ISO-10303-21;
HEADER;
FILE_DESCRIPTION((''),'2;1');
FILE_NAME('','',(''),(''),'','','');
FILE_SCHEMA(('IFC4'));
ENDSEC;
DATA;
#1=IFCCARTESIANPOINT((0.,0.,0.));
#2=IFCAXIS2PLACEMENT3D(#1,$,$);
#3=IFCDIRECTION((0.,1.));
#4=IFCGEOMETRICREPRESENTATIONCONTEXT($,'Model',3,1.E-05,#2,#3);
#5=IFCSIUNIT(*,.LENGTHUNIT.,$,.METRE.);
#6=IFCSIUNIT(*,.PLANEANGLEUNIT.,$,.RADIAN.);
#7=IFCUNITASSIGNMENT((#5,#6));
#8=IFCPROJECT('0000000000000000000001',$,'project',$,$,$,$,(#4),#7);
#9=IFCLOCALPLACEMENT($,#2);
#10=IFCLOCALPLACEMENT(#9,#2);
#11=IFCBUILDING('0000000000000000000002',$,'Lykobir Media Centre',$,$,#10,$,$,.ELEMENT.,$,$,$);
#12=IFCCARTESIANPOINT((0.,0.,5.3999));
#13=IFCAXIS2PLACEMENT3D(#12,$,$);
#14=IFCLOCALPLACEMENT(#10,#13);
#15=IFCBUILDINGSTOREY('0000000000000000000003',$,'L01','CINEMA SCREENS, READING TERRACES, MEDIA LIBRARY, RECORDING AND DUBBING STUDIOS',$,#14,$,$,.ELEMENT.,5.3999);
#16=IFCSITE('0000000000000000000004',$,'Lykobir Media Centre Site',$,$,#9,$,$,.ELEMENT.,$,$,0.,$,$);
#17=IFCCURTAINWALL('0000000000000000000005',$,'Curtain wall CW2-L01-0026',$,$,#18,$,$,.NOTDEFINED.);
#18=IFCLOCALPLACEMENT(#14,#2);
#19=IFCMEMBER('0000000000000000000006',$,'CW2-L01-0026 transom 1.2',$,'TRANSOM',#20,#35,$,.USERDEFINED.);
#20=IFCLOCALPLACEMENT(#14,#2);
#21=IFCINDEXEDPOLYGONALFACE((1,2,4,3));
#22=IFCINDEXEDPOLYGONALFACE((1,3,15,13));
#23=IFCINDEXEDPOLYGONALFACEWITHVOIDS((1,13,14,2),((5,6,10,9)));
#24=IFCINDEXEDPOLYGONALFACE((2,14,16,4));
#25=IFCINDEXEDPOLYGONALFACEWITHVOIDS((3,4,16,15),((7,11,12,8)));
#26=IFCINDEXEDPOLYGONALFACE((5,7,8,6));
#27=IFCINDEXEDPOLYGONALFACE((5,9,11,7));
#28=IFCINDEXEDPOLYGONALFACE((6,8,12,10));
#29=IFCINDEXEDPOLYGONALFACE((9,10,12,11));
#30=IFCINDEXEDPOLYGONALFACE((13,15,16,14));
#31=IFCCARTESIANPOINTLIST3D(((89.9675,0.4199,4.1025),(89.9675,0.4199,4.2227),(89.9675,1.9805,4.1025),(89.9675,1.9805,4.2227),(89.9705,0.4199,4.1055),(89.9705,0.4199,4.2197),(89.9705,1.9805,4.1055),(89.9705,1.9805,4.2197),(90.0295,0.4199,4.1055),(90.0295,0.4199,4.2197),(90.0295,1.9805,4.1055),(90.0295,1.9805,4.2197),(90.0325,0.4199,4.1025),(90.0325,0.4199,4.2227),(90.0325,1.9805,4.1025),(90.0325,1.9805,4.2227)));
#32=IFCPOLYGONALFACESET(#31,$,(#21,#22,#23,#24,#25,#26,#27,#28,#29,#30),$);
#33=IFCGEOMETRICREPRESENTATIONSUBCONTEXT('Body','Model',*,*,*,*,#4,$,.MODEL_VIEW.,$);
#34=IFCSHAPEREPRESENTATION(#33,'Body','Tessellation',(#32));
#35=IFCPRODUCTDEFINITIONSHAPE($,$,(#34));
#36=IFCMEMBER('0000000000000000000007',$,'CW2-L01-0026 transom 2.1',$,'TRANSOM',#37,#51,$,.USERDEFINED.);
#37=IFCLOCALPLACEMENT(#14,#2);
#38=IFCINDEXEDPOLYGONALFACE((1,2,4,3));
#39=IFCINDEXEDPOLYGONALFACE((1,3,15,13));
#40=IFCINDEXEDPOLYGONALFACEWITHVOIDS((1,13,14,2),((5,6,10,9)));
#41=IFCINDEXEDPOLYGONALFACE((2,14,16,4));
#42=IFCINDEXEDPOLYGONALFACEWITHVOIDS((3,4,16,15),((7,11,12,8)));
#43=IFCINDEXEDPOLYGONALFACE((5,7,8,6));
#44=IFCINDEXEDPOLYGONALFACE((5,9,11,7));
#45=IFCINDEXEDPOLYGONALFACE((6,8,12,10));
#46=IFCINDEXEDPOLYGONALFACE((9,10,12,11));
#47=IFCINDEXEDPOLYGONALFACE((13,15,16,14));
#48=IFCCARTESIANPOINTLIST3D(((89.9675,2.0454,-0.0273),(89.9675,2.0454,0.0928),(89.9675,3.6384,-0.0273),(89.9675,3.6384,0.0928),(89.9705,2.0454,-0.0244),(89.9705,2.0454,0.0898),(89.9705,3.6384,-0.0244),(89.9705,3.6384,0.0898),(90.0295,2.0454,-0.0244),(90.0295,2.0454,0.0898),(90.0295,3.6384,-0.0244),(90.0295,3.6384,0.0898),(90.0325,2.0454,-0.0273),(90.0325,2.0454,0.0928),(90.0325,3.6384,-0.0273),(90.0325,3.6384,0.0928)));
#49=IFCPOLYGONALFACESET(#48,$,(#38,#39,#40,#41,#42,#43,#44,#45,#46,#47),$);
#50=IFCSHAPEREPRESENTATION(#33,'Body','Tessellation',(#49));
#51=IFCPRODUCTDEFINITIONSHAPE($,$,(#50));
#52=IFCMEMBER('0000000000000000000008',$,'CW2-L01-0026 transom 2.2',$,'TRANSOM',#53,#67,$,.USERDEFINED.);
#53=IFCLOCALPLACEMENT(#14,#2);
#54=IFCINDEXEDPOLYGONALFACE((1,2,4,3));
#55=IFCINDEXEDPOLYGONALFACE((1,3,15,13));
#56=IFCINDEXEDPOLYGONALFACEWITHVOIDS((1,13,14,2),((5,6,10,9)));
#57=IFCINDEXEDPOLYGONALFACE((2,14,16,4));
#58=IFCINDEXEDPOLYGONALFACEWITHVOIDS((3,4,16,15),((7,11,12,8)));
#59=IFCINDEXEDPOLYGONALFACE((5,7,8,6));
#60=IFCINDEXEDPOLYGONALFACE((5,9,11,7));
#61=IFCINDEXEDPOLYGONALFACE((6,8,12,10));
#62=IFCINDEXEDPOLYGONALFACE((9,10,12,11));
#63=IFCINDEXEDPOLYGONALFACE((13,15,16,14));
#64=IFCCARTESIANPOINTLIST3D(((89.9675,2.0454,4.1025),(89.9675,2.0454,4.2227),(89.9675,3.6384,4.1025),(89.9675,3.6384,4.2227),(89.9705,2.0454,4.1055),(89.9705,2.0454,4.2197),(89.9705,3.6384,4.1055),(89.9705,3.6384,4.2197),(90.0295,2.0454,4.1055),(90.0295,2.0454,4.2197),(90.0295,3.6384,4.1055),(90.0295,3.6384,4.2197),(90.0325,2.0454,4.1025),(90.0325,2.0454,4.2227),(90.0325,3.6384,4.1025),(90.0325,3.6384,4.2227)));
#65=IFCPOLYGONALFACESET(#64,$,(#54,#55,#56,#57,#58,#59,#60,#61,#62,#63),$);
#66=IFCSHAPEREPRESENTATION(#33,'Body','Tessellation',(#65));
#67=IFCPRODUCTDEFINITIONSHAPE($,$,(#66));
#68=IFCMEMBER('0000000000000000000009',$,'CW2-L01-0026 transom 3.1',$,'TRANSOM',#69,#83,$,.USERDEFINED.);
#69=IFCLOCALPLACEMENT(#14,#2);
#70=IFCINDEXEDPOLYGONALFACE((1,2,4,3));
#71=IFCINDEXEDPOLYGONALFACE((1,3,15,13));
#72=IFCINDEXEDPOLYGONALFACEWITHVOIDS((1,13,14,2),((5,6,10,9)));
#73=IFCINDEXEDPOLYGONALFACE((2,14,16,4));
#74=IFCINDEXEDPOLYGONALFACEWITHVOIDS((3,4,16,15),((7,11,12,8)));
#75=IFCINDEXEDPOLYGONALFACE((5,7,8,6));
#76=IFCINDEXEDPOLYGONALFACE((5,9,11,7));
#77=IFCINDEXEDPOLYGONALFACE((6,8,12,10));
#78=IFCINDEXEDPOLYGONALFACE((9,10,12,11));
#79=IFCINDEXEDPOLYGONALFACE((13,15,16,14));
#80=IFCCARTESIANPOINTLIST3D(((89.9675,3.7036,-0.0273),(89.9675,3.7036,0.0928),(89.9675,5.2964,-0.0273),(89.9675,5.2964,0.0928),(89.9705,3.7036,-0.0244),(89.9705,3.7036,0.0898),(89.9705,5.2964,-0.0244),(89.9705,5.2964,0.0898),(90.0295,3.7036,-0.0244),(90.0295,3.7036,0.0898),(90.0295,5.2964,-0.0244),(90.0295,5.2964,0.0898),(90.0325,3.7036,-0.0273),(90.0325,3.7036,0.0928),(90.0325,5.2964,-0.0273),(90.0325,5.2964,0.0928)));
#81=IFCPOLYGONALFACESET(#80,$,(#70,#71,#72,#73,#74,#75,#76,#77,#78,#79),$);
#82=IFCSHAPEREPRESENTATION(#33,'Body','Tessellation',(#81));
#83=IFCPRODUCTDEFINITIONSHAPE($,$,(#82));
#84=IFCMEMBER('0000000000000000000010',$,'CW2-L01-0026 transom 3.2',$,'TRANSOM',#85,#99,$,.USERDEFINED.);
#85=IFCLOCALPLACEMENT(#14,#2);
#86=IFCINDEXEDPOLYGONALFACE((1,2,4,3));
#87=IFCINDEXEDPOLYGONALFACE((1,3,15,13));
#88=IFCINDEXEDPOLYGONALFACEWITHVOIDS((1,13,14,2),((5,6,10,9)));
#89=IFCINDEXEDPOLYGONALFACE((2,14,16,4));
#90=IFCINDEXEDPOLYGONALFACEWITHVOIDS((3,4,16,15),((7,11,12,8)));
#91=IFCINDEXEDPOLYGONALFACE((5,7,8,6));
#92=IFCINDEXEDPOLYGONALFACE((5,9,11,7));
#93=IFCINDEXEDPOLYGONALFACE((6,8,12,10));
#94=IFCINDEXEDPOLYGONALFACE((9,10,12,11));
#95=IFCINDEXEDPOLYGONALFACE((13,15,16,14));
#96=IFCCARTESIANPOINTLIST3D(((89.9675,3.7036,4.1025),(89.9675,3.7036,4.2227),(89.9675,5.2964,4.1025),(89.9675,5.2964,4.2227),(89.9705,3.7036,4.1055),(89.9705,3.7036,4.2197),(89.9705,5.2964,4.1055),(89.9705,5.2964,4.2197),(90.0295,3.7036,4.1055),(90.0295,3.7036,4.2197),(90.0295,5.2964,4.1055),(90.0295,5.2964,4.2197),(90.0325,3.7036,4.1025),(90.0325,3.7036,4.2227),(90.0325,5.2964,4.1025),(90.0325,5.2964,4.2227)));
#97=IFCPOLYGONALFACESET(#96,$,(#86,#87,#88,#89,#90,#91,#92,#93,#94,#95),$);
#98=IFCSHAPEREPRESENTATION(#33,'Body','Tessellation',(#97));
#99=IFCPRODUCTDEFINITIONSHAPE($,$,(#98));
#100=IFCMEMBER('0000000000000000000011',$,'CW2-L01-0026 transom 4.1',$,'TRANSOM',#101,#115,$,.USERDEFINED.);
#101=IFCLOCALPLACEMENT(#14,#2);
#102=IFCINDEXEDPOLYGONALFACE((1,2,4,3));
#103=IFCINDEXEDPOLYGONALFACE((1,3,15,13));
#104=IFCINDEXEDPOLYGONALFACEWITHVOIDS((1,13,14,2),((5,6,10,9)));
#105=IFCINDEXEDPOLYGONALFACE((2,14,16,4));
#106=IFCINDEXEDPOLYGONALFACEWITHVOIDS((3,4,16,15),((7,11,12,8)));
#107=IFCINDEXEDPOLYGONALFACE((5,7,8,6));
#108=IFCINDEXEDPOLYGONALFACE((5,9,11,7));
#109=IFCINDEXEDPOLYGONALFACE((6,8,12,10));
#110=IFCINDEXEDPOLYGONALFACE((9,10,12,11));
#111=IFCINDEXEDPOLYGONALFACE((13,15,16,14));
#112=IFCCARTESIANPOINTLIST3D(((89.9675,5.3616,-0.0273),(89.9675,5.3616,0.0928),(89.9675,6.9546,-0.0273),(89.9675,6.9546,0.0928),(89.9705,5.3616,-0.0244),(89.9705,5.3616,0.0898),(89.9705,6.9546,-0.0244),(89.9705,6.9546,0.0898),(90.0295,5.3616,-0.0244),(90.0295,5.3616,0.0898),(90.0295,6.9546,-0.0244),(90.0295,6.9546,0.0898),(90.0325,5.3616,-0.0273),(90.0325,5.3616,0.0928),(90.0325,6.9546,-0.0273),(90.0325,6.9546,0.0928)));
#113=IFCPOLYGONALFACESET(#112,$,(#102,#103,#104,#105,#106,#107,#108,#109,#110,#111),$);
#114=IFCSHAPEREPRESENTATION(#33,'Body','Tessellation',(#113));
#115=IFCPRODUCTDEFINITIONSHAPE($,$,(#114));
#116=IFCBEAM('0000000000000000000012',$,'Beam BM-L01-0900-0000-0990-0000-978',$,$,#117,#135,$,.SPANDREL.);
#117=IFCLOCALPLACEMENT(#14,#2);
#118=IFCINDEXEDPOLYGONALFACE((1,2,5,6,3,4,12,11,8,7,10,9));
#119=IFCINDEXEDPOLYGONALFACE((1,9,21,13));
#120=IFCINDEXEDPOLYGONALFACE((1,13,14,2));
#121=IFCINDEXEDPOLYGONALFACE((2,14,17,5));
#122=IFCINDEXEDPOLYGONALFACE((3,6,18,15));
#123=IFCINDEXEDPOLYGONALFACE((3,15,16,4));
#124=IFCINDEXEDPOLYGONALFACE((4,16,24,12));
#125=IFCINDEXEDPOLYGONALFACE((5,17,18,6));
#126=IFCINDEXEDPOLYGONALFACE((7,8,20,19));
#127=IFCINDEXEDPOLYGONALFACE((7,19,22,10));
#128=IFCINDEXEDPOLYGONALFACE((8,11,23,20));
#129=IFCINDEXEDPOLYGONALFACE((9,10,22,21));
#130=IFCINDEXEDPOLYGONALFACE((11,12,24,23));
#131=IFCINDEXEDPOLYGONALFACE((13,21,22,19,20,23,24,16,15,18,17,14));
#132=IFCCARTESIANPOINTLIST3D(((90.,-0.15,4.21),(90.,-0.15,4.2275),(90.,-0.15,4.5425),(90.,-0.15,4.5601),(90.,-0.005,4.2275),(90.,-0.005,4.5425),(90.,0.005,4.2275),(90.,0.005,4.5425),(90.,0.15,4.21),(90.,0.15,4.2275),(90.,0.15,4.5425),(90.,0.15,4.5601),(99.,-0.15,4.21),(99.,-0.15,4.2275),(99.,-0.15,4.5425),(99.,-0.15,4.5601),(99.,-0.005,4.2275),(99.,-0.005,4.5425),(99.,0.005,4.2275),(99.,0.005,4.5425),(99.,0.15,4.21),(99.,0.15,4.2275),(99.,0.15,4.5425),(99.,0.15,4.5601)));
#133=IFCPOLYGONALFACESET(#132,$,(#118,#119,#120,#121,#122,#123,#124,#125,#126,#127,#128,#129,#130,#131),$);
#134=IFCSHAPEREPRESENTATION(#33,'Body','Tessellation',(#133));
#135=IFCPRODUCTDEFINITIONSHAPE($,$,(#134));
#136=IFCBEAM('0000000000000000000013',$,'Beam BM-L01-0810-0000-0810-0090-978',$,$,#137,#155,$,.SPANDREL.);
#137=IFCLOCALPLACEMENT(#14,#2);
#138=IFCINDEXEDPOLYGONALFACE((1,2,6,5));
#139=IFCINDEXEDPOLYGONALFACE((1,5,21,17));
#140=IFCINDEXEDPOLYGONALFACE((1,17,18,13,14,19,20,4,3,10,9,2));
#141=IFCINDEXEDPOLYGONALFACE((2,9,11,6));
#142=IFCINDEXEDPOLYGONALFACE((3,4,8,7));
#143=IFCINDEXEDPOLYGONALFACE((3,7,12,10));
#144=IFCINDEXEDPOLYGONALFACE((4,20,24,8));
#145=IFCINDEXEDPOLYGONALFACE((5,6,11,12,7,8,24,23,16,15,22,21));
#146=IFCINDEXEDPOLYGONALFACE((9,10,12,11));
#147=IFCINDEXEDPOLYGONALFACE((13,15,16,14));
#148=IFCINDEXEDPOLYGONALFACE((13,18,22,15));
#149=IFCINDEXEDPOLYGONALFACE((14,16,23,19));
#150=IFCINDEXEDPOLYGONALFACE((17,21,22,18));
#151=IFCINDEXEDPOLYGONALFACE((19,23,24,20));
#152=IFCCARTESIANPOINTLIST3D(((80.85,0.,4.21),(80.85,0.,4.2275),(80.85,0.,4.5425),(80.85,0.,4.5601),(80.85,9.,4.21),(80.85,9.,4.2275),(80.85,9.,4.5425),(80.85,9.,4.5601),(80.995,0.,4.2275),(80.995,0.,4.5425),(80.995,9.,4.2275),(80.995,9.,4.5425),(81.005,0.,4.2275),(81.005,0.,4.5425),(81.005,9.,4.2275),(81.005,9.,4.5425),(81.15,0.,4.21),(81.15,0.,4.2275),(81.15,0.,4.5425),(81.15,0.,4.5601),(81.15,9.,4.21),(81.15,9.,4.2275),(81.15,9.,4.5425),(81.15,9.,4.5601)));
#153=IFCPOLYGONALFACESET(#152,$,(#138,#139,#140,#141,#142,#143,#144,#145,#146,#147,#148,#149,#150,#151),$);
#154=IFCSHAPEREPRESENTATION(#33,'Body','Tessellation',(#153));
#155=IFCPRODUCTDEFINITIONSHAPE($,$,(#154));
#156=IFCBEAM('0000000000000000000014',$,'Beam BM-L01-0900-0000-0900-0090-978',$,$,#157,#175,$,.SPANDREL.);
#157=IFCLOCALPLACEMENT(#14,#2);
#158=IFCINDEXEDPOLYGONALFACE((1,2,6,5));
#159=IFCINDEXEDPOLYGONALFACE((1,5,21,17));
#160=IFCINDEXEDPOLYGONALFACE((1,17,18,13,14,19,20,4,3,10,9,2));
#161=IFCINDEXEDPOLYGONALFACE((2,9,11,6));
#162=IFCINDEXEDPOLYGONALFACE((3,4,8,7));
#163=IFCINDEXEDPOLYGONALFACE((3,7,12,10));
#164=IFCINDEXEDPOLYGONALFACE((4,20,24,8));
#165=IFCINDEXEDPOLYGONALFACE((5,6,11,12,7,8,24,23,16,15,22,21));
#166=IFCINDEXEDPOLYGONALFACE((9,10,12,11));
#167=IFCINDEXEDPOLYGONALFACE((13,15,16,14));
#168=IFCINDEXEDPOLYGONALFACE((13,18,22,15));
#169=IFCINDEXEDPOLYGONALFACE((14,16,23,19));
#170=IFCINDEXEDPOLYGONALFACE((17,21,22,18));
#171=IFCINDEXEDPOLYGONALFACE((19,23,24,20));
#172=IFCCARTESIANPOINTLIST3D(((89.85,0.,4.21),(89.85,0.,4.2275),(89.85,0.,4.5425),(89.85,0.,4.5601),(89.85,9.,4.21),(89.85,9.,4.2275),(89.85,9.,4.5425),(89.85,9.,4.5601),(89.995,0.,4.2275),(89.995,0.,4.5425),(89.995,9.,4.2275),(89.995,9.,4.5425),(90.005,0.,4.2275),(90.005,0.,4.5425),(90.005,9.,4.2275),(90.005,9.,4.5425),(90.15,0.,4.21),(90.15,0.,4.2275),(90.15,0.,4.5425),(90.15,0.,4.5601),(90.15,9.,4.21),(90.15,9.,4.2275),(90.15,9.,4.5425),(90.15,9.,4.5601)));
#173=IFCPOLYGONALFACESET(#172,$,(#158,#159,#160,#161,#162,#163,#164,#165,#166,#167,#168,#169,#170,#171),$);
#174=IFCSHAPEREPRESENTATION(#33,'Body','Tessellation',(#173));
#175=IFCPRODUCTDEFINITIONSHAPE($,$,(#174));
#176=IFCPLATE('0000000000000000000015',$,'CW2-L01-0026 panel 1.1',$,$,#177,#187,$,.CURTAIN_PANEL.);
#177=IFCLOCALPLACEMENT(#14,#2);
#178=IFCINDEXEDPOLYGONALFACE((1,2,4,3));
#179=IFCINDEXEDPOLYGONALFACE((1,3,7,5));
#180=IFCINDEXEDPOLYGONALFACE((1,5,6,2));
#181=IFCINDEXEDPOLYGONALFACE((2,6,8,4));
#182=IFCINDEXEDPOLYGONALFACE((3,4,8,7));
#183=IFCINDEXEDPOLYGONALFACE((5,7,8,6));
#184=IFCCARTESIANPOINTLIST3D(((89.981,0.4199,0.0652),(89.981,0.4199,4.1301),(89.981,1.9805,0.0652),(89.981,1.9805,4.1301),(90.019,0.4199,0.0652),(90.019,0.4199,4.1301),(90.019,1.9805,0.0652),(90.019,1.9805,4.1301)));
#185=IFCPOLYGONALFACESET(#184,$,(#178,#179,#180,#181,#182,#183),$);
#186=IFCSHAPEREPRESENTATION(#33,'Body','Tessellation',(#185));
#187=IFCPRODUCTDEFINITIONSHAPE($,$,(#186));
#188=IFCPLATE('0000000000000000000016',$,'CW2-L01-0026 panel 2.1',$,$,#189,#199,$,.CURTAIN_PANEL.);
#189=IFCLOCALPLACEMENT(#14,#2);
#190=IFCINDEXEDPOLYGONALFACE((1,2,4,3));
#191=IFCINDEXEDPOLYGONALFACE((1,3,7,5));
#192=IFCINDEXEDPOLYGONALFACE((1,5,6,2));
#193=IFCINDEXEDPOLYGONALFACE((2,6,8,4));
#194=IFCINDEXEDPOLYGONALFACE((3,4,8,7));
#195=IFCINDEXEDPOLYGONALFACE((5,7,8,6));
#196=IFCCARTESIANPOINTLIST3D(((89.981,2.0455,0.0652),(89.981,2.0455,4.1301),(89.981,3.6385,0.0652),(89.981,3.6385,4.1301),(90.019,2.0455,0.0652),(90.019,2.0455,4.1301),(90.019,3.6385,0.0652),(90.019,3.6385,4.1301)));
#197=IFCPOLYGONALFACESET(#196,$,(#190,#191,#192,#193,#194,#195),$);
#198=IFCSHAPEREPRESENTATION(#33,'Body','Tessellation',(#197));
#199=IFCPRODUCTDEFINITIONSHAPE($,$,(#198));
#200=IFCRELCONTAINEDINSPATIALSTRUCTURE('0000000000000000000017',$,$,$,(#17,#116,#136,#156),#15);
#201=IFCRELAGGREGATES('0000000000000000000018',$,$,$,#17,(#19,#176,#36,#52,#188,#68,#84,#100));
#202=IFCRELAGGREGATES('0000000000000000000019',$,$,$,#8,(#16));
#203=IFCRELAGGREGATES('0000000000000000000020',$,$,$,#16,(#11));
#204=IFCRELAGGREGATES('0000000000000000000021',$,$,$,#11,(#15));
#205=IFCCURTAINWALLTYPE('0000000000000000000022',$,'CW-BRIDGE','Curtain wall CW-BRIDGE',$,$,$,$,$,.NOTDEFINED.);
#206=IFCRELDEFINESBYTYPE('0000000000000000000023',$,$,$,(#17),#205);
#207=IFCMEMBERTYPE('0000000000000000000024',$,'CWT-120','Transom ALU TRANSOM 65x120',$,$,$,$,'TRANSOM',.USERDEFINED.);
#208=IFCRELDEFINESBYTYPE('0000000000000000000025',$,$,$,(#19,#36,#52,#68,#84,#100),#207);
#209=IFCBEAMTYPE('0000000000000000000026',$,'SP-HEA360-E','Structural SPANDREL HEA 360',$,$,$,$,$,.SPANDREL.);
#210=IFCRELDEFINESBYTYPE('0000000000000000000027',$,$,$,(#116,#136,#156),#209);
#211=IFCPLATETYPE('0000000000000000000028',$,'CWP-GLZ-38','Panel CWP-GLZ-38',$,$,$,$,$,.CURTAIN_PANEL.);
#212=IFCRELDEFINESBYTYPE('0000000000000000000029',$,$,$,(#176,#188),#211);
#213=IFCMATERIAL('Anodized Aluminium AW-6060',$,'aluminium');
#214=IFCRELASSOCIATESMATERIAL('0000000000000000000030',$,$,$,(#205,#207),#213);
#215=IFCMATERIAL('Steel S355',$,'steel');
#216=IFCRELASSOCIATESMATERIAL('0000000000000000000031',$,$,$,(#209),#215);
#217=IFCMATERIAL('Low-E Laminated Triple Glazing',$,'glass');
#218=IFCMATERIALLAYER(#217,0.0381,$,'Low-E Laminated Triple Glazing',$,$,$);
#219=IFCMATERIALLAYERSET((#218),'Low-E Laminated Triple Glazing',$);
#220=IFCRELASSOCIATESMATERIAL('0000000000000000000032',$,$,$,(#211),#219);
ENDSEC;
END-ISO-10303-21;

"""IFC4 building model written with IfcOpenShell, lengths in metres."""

from ifc_helpers import new_model, si_unit, direction, frame, origin, origin_2d, place, context, subcontext, project, spatial, rectangle, hollow_rectangle, i_section, extrude, material, layer, layer_set, material_profile, profile_set, type_object, element, aggregate, save


model = new_model("IFC4")

# Units and contexts
model_context = context("Model", 3, precision=1e-05, world=origin(), true_north=direction((0.0, 1.0)))
body_context = subcontext(model_context, "Body", "Model", "MODEL_VIEW")
ifc_project = project(units=[si_unit("LENGTHUNIT", "METRE"), si_unit("PLANEANGLEUNIT", "RADIAN")], contexts=[model_context])

# Site, building, storey
site_placement = place(None, origin())
site = spatial("IfcSite", under=ifc_project, at=site_placement, Name="Lykobir Media Centre Site", CompositionType="ELEMENT", RefElevation=0.0)
building_placement = place(site_placement, origin())
building = spatial("IfcBuilding", under=site, at=building_placement, Name="Lykobir Media Centre", CompositionType="ELEMENT")
storey_placement = place(building_placement, frame((0.0, 0.0, 5.3999)))
storey = spatial("IfcBuildingStorey", under=building, at=storey_placement, Name="L01", Description="CINEMA SCREENS, READING TERRACES, MEDIA LIBRARY, RECORDING AND DUBBING STUDIOS", CompositionType="ELEMENT", Elevation=5.3999)

# Shared definitions
ifc_material_1 = material(Name="Steel S355", Category="steel")

# Curtain wall, members
ifc_material_2 = material(Name="Anodized Aluminium AW-6060", Category="aluminium")
curtain_wall_type = type_object("IfcCurtainWallType", Name="CW-BRIDGE", Description="Curtain wall CW-BRIDGE", PredefinedType="NOTDEFINED", material=ifc_material_2)
curtain_wall_placement = place(storey_placement, origin())
curtain_wall = element("IfcCurtainWall", 1, at=curtain_wall_placement, inside=storey, type_object=curtain_wall_type, Name="Curtain wall CW2-L01-0026", PredefinedType="NOTDEFINED")
ifc_material_profile_1 = material_profile(ifc_material_2, hollow_rectangle(XDim=0.0649, YDim=0.1201, WallThickness=0.0029, at=origin_2d()), Name="ALU TRANSOM 65x120")
ifc_profile_set_1 = profile_set([ifc_material_profile_1], Name="Anodized Aluminium AW-6060")
member_type_1 = type_object("IfcMemberType", Name="CWT-120", Description="Transom ALU TRANSOM 65x120", ElementType="TRANSOM", PredefinedType="USERDEFINED", material=ifc_profile_set_1)
member_1_placement = place(storey_placement, frame((90.0, 0.4199, 4.1626), z_axis=(0.0, 1.0, 0.0), x_axis=(-1.0, 0.0, 0.0)))
member_1 = element("IfcMember", 2, at=member_1_placement, type_object=member_type_1, Name="CW2-L01-0026 transom 1.2", ObjectType="TRANSOM", PredefinedType="USERDEFINED", context=body_context, shape_type="SweptSolid", body=[
    extrude(hollow_rectangle(XDim=0.0649, YDim=0.1201, WallThickness=0.0029, at=origin_2d()), origin(), (0.0, 0.0, 1.0), 1.5605),
])
member_2_placement = place(storey_placement, frame((90.0, 2.0454, 0.0327), z_axis=(0.0, 1.0, 0.0), x_axis=(-1.0, 0.0, 0.0)))
member_2 = element("IfcMember", 3, at=member_2_placement, type_object=member_type_1, Name="CW2-L01-0026 transom 2.1", ObjectType="TRANSOM", PredefinedType="USERDEFINED", context=body_context, shape_type="SweptSolid", body=[
    extrude(hollow_rectangle(XDim=0.0649, YDim=0.1201, WallThickness=0.0029, at=origin_2d()), origin(), (0.0, 0.0, 1.0), 1.593),
])
member_3_placement = place(storey_placement, frame((90.0, 2.0454, 4.1626), z_axis=(0.0, 1.0, 0.0), x_axis=(-1.0, 0.0, 0.0)))
member_3 = element("IfcMember", 4, at=member_3_placement, type_object=member_type_1, Name="CW2-L01-0026 transom 2.2", ObjectType="TRANSOM", PredefinedType="USERDEFINED", context=body_context, shape_type="SweptSolid", body=[
    extrude(hollow_rectangle(XDim=0.0649, YDim=0.1201, WallThickness=0.0029, at=origin_2d()), origin(), (0.0, 0.0, 1.0), 1.593),
])
member_4_placement = place(storey_placement, frame((90.0, 3.7036, 0.0327), z_axis=(0.0, 1.0, 0.0), x_axis=(-1.0, 0.0, 0.0)))
member_4 = element("IfcMember", 5, at=member_4_placement, type_object=member_type_1, Name="CW2-L01-0026 transom 3.1", ObjectType="TRANSOM", PredefinedType="USERDEFINED", context=body_context, shape_type="SweptSolid", body=[
    extrude(hollow_rectangle(XDim=0.0649, YDim=0.1201, WallThickness=0.0029, at=origin_2d()), origin(), (0.0, 0.0, 1.0), 1.5928),
])
member_5_placement = place(storey_placement, frame((90.0, 3.7036, 4.1626), z_axis=(0.0, 1.0, 0.0), x_axis=(-1.0, 0.0, 0.0)))
member_5 = element("IfcMember", 6, at=member_5_placement, type_object=member_type_1, Name="CW2-L01-0026 transom 3.2", ObjectType="TRANSOM", PredefinedType="USERDEFINED", context=body_context, shape_type="SweptSolid", body=[
    extrude(hollow_rectangle(XDim=0.0649, YDim=0.1201, WallThickness=0.0029, at=origin_2d()), origin(), (0.0, 0.0, 1.0), 1.5928),
])
member_6_placement = place(storey_placement, frame((90.0, 5.3616, 0.0327), z_axis=(0.0, 1.0, 0.0), x_axis=(-1.0, 0.0, 0.0)))
member_6 = element("IfcMember", 7, at=member_6_placement, type_object=member_type_1, Name="CW2-L01-0026 transom 4.1", ObjectType="TRANSOM", PredefinedType="USERDEFINED", context=body_context, shape_type="SweptSolid", body=[
    extrude(hollow_rectangle(XDim=0.0649, YDim=0.1201, WallThickness=0.0029, at=origin_2d()), origin(), (0.0, 0.0, 1.0), 1.593),
])

# Beams
ifc_material_profile_2 = material_profile(ifc_material_1, i_section(OverallWidth=0.3, OverallDepth=0.3501, WebThickness=0.01, FlangeThickness=0.0176, at=origin_2d()), Name="HEA 360")
ifc_profile_set_2 = profile_set([ifc_material_profile_2], Name="Steel S355")
beam_type_1 = type_object("IfcBeamType", Name="SP-HEA360-E", Description="Structural SPANDREL HEA 360", PredefinedType="SPANDREL", material=ifc_profile_set_2)
for number, where, z_axis, x_axis, name in (
    (8, (90.0, 0.0, 4.385), (1.0, 0.0, 0.0), (0.0, 1.0, 0.0), "Beam BM-L01-0900-0000-0990-0000-978"),
    (9, (81.0, 0.0, 4.385), (0.0, 1.0, 0.0), (-1.0, 0.0, 0.0), "Beam BM-L01-0810-0000-0810-0090-978"),
    (10, (90.0, 0.0, 4.385), (0.0, 1.0, 0.0), (-1.0, 0.0, 0.0), "Beam BM-L01-0900-0000-0900-0090-978"),
):
    element("IfcBeam", number, at=place(storey_placement, frame(where, z_axis=z_axis, x_axis=x_axis)), inside=storey, type_object=beam_type_1, Name=name, PredefinedType="SPANDREL", context=body_context, shape_type="SweptSolid", body=[
        extrude(i_section(OverallWidth=0.3, OverallDepth=0.3501, WebThickness=0.01, FlangeThickness=0.0176, at=origin_2d()), origin(), (0.0, 0.0, 1.0), 9.0),
    ])

# Plates
ifc_material_3 = material(Name="Low-E Laminated Triple Glazing", Category="glass")
ifc_layer_1 = layer(ifc_material_3, 0.0381, Name="Low-E Laminated Triple Glazing")
ifc_layer_set_1 = layer_set([ifc_layer_1], Name="Low-E Laminated Triple Glazing")
plate_type = type_object("IfcPlateType", Name="CWP-GLZ-38", Description="Panel CWP-GLZ-38", PredefinedType="CURTAIN_PANEL", material=ifc_layer_set_1)
plate_1_placement = place(storey_placement, frame((90.0, 1.2002, 0.0652), z_axis=(0.0, 0.0, 1.0), x_axis=(0.0, 1.0, 0.0)))
plate_1 = element("IfcPlate", 11, at=plate_1_placement, type_object=plate_type, Name="CW2-L01-0026 panel 1.1", PredefinedType="CURTAIN_PANEL", context=body_context, shape_type="SweptSolid", body=[
    extrude(rectangle(XDim=1.5605, YDim=0.0381, at=origin_2d()), origin(), (0.0, 0.0, 1.0), 4.0649),
])
plate_2_placement = place(storey_placement, frame((90.0, 2.842, 0.0652), z_axis=(0.0, 0.0, 1.0), x_axis=(0.0, 1.0, 0.0)))
plate_2 = element("IfcPlate", 12, at=plate_2_placement, type_object=plate_type, Name="CW2-L01-0026 panel 2.1", PredefinedType="CURTAIN_PANEL", context=body_context, shape_type="SweptSolid", body=[
    extrude(rectangle(XDim=1.593, YDim=0.0381, at=origin_2d()), origin(), (0.0, 0.0, 1.0), 4.0649),
])
aggregate(curtain_wall, [member_1, plate_1, member_2, member_3, plate_2, member_4, member_5, member_6])

save(model, "model.ifc")
